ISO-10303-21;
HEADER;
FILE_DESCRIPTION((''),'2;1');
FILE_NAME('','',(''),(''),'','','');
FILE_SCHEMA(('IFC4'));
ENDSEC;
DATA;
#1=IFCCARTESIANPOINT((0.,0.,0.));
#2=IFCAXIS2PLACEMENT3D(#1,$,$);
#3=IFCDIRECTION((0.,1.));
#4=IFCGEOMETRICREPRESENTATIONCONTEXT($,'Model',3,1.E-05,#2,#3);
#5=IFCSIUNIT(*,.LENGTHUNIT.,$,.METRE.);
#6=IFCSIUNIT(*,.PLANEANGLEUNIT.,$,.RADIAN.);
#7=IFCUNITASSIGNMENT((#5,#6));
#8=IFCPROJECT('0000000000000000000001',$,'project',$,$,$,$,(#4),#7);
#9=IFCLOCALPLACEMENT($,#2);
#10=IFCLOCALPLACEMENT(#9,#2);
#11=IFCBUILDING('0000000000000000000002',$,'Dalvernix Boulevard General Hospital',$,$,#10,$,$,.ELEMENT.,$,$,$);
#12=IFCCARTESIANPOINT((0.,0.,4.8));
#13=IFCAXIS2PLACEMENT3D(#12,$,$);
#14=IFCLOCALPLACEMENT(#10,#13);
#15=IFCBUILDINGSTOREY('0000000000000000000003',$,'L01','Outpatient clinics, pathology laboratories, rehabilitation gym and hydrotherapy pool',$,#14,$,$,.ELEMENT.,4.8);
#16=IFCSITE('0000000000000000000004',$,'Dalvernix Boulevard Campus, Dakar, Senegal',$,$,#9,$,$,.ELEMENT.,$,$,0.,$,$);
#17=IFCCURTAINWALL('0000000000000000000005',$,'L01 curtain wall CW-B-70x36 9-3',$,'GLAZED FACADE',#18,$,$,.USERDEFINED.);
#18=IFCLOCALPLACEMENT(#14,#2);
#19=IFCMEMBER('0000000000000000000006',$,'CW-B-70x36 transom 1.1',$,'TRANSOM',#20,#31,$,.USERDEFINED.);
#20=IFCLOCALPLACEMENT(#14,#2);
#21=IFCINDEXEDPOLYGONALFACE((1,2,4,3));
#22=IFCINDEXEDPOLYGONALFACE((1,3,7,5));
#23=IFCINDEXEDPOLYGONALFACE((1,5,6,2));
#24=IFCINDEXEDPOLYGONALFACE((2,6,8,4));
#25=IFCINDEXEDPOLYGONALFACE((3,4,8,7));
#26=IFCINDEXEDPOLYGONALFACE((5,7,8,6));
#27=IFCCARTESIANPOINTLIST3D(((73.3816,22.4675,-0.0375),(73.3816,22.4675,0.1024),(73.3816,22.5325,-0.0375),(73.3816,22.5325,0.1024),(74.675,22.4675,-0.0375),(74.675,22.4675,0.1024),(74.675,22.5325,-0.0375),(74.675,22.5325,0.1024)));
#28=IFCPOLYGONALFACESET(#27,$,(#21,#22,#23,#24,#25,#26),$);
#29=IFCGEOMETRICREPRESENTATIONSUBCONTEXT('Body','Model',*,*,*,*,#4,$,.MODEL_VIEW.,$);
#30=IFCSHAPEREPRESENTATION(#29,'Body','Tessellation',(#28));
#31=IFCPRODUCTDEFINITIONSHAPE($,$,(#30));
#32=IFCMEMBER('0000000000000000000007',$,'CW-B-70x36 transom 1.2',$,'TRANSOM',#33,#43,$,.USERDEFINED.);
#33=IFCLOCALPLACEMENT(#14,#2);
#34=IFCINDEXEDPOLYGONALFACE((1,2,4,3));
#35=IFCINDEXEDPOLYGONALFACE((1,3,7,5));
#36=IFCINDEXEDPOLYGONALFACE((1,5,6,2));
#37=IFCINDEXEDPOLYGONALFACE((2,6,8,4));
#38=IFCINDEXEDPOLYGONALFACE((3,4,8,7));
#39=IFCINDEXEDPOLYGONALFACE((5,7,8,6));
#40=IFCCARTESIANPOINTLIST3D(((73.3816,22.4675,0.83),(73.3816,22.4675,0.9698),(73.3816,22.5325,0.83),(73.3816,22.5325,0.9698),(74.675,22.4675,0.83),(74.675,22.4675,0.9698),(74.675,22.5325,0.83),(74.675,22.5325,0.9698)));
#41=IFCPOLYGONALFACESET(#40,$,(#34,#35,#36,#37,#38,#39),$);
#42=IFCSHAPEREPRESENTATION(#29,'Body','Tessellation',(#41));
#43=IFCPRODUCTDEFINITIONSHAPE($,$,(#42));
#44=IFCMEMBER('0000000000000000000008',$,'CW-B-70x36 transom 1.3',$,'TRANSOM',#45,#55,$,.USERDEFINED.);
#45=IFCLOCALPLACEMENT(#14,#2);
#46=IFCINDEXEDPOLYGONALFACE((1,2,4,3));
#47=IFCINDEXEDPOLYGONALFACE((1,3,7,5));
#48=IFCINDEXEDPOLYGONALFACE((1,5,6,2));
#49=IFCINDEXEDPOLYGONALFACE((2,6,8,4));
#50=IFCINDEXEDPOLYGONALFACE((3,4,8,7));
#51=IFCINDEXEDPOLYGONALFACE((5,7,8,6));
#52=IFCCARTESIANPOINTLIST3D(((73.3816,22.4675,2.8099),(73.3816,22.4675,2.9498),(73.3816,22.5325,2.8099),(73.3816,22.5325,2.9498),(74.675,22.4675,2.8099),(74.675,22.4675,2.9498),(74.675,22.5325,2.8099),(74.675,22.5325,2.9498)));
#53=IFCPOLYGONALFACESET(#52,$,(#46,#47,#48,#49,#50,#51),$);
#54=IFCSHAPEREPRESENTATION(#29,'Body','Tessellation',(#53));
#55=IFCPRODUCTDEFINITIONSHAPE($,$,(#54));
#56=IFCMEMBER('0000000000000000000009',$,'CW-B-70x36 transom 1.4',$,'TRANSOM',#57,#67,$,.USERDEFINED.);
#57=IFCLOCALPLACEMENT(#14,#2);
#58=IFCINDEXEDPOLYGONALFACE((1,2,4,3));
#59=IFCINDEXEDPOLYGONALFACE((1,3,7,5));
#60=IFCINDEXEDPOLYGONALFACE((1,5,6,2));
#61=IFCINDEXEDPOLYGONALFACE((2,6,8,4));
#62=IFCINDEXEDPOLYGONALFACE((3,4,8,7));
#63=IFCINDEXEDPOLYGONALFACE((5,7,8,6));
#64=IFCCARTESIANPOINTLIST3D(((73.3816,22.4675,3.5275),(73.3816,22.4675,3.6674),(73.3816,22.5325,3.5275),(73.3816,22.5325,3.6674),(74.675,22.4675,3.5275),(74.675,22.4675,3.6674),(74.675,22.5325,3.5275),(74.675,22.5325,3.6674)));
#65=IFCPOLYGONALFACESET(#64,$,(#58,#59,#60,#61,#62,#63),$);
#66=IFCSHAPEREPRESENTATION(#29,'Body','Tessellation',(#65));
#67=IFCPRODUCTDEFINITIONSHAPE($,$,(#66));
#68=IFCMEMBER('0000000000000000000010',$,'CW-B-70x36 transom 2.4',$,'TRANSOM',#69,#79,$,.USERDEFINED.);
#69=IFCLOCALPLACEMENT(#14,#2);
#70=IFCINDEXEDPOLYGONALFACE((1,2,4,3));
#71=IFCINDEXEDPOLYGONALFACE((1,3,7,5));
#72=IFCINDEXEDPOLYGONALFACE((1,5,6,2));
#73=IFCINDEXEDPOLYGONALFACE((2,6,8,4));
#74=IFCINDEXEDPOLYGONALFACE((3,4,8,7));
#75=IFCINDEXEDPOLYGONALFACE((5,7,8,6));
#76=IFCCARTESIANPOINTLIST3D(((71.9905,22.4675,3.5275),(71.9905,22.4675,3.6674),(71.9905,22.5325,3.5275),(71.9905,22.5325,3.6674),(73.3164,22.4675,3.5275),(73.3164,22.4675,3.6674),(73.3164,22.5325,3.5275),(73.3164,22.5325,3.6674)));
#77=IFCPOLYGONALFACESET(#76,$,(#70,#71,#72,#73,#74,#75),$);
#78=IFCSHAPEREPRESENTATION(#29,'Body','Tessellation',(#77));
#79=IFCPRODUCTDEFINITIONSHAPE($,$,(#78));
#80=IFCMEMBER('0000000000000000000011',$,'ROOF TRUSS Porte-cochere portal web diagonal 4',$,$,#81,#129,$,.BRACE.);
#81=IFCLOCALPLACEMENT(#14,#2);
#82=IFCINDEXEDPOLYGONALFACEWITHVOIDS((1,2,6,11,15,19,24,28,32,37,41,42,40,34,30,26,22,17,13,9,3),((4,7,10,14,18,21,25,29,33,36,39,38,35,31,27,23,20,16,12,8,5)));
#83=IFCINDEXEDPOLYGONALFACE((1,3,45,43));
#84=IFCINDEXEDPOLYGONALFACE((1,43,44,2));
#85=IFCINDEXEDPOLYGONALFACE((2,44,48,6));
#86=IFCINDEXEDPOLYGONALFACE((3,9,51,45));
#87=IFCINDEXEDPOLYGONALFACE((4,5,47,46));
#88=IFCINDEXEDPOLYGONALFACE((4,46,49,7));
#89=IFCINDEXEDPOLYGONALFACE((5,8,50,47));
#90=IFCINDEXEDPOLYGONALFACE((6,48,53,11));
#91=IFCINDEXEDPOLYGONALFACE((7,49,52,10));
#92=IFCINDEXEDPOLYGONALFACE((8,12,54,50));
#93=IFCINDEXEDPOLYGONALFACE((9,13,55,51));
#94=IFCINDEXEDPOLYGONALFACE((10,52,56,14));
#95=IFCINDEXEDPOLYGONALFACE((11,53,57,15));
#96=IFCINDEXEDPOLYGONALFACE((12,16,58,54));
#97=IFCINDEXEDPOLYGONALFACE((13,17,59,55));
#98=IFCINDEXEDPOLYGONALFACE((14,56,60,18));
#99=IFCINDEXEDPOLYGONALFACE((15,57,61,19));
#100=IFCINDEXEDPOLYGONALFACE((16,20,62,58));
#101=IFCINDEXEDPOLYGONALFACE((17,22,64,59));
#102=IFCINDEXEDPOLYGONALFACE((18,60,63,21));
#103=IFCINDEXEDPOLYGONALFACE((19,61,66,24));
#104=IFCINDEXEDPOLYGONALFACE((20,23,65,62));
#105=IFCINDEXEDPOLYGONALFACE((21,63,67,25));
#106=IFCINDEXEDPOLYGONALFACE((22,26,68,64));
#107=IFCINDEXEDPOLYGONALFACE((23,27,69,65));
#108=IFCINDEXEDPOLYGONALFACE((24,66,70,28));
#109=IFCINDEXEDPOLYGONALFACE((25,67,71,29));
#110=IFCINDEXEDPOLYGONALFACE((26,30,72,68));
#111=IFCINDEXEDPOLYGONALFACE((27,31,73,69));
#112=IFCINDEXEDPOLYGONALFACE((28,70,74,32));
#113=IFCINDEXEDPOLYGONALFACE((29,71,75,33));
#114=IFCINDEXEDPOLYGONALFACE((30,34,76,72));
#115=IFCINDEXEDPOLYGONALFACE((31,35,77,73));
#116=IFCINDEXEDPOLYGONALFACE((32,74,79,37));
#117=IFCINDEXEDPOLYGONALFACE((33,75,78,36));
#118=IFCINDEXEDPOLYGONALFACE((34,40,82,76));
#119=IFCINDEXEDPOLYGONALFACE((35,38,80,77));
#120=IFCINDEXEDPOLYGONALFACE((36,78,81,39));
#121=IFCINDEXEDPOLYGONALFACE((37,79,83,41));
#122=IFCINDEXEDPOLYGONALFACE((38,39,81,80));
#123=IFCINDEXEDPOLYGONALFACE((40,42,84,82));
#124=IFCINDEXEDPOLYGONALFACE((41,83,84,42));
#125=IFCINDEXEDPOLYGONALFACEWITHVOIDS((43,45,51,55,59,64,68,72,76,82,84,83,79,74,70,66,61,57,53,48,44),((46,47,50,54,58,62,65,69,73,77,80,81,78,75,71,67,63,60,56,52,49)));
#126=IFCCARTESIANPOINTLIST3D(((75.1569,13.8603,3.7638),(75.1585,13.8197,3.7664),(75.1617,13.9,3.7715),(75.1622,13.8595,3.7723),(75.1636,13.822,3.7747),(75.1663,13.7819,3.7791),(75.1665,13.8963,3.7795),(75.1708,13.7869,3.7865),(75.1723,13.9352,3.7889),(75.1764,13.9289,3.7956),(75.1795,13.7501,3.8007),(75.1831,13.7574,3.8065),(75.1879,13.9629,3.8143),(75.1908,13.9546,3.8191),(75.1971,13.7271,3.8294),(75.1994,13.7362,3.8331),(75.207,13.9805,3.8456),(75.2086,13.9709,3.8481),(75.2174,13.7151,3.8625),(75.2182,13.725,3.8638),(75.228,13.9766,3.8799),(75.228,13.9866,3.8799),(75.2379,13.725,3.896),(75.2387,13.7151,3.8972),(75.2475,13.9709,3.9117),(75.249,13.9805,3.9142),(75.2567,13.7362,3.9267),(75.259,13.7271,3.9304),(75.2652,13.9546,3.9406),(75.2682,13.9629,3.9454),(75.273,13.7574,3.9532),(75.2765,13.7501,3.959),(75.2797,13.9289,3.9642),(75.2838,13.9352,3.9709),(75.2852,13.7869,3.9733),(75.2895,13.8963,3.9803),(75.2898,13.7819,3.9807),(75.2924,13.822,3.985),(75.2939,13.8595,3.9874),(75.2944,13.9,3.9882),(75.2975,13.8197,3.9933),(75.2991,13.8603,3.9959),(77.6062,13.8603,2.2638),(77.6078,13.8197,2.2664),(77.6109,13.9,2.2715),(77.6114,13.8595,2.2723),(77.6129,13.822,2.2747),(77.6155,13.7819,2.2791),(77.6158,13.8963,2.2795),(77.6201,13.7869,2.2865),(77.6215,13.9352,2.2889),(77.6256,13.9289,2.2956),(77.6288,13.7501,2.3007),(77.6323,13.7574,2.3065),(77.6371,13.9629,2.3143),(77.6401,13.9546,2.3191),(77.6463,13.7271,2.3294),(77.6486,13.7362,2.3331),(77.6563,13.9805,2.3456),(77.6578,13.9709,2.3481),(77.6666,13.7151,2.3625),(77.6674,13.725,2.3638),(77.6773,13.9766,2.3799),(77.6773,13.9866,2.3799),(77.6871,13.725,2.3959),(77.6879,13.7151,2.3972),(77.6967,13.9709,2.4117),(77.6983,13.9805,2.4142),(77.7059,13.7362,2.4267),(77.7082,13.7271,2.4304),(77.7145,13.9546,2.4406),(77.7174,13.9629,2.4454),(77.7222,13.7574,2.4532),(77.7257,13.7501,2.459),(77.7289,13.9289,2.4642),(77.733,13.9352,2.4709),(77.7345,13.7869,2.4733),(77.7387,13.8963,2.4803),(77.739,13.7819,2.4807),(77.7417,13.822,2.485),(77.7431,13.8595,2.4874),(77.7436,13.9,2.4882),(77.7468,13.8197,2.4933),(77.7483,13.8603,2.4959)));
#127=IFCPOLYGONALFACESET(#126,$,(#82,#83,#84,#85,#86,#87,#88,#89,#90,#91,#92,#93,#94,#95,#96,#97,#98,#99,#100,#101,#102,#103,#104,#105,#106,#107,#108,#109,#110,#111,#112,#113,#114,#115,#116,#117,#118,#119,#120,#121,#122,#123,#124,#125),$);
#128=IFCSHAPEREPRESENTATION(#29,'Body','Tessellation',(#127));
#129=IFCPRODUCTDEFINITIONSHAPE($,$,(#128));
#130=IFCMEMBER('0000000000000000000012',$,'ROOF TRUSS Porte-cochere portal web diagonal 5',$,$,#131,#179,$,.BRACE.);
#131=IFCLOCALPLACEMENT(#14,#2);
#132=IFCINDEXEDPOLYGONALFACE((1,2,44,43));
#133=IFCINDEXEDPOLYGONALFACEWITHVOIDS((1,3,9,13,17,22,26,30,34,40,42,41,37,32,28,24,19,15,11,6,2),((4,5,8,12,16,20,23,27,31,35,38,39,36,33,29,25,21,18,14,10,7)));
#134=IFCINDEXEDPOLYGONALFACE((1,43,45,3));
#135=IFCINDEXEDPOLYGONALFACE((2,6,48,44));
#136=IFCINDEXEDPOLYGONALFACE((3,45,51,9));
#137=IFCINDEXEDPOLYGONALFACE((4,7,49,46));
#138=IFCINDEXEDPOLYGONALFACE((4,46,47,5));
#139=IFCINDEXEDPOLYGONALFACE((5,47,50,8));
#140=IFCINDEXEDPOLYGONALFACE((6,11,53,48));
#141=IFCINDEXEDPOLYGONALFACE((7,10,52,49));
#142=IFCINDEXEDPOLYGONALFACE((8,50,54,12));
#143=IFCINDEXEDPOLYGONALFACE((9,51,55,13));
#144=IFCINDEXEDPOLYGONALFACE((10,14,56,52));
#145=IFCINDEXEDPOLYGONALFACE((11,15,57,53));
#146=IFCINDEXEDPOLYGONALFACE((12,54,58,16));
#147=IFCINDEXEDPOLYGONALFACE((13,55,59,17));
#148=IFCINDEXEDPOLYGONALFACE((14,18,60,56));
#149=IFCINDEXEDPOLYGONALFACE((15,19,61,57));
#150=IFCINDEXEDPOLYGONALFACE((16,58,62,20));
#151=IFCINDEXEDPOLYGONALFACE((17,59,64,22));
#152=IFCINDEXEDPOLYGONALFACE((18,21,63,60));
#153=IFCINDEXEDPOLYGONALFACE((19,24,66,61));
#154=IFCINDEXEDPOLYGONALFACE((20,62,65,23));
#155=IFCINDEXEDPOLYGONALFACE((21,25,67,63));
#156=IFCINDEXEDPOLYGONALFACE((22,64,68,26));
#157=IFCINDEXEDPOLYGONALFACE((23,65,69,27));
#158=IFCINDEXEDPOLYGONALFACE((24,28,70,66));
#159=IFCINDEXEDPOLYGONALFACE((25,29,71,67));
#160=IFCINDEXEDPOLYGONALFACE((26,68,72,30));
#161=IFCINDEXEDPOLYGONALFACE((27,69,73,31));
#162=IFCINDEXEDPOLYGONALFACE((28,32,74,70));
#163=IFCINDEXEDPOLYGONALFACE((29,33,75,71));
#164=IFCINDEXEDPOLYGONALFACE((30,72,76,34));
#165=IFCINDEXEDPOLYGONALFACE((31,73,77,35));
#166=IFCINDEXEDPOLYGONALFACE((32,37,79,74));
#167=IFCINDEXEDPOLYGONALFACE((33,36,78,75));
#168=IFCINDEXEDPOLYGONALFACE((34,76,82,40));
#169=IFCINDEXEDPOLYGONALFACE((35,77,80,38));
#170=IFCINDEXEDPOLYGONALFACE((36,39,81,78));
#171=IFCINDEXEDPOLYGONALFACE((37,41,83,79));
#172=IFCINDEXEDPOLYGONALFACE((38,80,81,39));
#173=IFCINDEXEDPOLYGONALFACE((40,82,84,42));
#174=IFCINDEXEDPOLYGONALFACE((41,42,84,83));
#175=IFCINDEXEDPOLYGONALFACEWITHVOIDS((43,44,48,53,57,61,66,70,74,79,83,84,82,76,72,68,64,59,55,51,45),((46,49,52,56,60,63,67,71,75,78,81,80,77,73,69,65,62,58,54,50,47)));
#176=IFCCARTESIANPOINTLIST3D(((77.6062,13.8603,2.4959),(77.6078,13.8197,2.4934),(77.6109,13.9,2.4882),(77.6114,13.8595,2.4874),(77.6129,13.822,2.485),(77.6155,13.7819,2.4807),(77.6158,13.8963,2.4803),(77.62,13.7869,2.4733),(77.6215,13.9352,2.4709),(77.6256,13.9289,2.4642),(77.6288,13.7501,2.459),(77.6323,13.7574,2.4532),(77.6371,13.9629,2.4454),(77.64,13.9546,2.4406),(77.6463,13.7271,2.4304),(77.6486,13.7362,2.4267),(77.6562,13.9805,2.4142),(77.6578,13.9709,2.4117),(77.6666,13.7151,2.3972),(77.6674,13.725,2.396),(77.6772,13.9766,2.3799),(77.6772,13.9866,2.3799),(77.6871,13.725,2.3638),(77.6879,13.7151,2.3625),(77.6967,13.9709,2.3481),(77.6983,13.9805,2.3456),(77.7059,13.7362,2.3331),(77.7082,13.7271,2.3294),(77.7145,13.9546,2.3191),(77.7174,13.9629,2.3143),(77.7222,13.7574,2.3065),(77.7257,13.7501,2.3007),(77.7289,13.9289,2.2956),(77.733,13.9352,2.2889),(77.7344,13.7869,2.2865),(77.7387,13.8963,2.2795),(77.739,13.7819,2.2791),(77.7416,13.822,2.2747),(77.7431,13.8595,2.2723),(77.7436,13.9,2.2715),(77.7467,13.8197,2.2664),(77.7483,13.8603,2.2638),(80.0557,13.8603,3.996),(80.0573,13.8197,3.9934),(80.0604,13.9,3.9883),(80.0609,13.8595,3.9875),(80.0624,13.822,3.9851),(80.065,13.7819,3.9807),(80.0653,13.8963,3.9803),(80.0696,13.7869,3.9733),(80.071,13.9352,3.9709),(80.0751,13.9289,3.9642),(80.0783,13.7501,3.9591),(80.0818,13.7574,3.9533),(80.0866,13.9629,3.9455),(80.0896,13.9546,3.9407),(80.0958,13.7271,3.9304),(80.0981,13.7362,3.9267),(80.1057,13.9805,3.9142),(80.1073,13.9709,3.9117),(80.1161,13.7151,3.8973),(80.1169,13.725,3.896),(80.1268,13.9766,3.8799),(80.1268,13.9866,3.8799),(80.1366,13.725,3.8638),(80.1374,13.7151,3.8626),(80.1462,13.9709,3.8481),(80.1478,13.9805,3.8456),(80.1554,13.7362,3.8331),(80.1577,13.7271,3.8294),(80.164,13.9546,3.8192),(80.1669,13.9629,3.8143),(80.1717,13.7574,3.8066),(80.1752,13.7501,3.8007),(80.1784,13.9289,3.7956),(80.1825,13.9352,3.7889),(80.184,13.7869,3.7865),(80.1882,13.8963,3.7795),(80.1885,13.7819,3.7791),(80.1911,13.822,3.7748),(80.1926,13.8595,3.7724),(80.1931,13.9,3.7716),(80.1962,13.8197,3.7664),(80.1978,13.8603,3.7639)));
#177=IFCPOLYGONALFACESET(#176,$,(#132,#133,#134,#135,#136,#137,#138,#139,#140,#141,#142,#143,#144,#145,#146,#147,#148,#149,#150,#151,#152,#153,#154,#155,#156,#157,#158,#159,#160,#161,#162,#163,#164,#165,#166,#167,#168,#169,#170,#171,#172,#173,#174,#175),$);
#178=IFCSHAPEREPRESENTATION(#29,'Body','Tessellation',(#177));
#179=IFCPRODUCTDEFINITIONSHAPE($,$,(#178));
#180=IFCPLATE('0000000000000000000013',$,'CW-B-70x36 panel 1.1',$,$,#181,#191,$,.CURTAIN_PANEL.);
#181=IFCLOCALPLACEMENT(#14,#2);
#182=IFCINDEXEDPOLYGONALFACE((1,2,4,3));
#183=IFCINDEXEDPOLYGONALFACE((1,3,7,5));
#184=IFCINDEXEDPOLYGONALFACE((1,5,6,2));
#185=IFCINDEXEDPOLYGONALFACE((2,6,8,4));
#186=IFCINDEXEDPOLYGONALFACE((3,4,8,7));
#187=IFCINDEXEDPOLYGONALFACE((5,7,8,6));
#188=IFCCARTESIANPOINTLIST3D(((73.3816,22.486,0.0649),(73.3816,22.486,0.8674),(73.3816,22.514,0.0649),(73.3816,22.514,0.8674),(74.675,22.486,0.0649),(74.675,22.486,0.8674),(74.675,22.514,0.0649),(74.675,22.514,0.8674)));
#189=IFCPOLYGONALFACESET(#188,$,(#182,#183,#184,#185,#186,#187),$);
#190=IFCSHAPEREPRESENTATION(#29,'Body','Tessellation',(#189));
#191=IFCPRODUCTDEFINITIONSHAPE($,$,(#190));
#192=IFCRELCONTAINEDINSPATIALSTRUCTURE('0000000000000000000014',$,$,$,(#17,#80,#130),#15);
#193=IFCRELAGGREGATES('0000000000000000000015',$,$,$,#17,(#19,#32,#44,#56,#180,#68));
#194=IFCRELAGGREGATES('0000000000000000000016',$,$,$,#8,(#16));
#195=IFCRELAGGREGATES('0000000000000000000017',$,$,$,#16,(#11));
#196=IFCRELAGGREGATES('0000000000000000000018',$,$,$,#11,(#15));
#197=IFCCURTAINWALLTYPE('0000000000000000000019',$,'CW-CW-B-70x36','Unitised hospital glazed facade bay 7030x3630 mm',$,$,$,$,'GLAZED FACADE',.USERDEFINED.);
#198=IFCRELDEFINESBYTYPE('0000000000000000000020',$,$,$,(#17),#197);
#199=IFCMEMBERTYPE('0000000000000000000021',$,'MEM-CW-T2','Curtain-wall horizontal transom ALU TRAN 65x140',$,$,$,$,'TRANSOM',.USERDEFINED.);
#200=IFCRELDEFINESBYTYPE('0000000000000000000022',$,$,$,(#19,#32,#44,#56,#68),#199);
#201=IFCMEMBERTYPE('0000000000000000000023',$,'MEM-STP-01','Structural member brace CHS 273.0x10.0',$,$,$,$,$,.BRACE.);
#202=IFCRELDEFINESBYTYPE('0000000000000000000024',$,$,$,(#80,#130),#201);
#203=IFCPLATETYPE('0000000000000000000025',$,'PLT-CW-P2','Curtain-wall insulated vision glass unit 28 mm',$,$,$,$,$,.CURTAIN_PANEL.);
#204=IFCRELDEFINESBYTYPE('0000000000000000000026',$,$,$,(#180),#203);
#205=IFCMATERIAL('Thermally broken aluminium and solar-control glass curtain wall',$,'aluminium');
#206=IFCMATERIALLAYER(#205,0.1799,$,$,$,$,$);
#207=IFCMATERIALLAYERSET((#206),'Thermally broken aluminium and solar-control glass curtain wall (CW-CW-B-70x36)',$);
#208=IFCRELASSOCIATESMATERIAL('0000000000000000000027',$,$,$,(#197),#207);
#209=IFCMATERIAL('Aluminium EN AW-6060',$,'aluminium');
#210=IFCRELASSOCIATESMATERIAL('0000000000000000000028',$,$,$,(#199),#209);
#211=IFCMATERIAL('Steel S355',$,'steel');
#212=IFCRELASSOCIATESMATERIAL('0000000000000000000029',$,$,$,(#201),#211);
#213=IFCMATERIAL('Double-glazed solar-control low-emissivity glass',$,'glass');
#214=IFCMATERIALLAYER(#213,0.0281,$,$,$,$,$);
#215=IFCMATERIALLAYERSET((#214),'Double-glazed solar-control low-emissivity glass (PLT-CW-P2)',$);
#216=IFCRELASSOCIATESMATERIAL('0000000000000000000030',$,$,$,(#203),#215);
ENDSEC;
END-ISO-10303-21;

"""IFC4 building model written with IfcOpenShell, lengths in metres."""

from ifc_helpers import new_model, si_unit, direction, frame, origin, origin_2d, place, context, subcontext, project, spatial, rectangle, hollow_circle, extrude, material, layer, layer_set, material_profile, profile_set, type_object, element, aggregate, save


model = new_model("IFC4")

# Units and contexts
model_context = context("Model", 3, precision=1e-05, world=origin(), true_north=direction((0.0, 1.0)))
body_context = subcontext(model_context, "Body", "Model", "MODEL_VIEW")
ifc_project = project(units=[si_unit("LENGTHUNIT", "METRE"), si_unit("PLANEANGLEUNIT", "RADIAN")], contexts=[model_context])

# Site, building, storey
site_placement = place(None, origin())
site = spatial("IfcSite", under=ifc_project, at=site_placement, Name="Dalvernix Boulevard Campus, Dakar, Senegal", CompositionType="ELEMENT", RefElevation=0.0)
building_placement = place(site_placement, origin())
building = spatial("IfcBuilding", under=site, at=building_placement, Name="Dalvernix Boulevard General Hospital", CompositionType="ELEMENT")
storey_placement = place(building_placement, frame((0.0, 0.0, 4.8)))
storey = spatial("IfcBuildingStorey", under=building, at=storey_placement, Name="L01", Description="Outpatient clinics, pathology laboratories, rehabilitation gym and hydrotherapy pool", CompositionType="ELEMENT", Elevation=4.8)

# Shared definitions
ifc_material_1 = material(Name="Steel S355", Category="steel")

# Curtain wall
ifc_material_2 = material(Name="Thermally broken aluminium and solar-control glass curtain wall", Category="aluminium")
ifc_layer_1 = layer(ifc_material_2, 0.1799)
ifc_layer_set_1 = layer_set([ifc_layer_1], Name="Thermally broken aluminium and solar-control glass curtain wall (CW-CW-B-70x36)")
curtain_wall_type_1 = type_object("IfcCurtainWallType", Name="CW-CW-B-70x36", Description="Unitised hospital glazed facade bay 7030x3630 mm", ElementType="GLAZED FACADE", PredefinedType="USERDEFINED", material=ifc_layer_set_1)
curtain_wall_1_placement = place(storey_placement, origin())
curtain_wall_1 = element("IfcCurtainWall", 1, at=curtain_wall_1_placement, inside=storey, type_object=curtain_wall_type_1, Name="L01 curtain wall CW-B-70x36 9-3", ObjectType="GLAZED FACADE", PredefinedType="USERDEFINED")
ifc_material_3 = material(Name="Aluminium EN AW-6060", Category="aluminium")

# Members
ifc_material_profile_1 = material_profile(ifc_material_3, rectangle(XDim=0.0649, YDim=0.1399, at=origin_2d()), Name="ALU TRAN 65x140")
ifc_profile_set_1 = profile_set([ifc_material_profile_1], Name="Aluminium EN AW-6060")
member_type_1 = type_object("IfcMemberType", Name="MEM-CW-T2", Description="Curtain-wall horizontal transom ALU TRAN 65x140", ElementType="TRANSOM", PredefinedType="USERDEFINED", material=ifc_profile_set_1)
member_1_placement = place(storey_placement, frame((74.675, 22.5, 0.0325), z_axis=(-1.0, 0.0, 0.0), x_axis=(0.0, -1.0, 0.0)))
member_1 = element("IfcMember", 2, at=member_1_placement, type_object=member_type_1, Name="CW-B-70x36 transom 1.1", ObjectType="TRANSOM", PredefinedType="USERDEFINED", context=body_context, shape_type="SweptSolid", body=[
    extrude(rectangle(XDim=0.0649, YDim=0.1399, at=origin_2d()), origin(), (0.0, 0.0, 1.0), 1.2935),
])
member_2_placement = place(storey_placement, frame((74.675, 22.5, 0.8999), z_axis=(-1.0, 0.0, 0.0), x_axis=(0.0, -1.0, 0.0)))
member_2 = element("IfcMember", 3, at=member_2_placement, type_object=member_type_1, Name="CW-B-70x36 transom 1.2", ObjectType="TRANSOM", PredefinedType="USERDEFINED", context=body_context, shape_type="SweptSolid", body=[
    extrude(rectangle(XDim=0.0649, YDim=0.1399, at=origin_2d()), origin(), (0.0, 0.0, 1.0), 1.2935),
])
member_3_placement = place(storey_placement, frame((74.675, 22.5, 2.8799), z_axis=(-1.0, 0.0, 0.0), x_axis=(0.0, -1.0, 0.0)))
member_3 = element("IfcMember", 4, at=member_3_placement, type_object=member_type_1, Name="CW-B-70x36 transom 1.3", ObjectType="TRANSOM", PredefinedType="USERDEFINED", context=body_context, shape_type="SweptSolid", body=[
    extrude(rectangle(XDim=0.0649, YDim=0.1399, at=origin_2d()), origin(), (0.0, 0.0, 1.0), 1.2935),
])
member_4_placement = place(storey_placement, frame((74.675, 22.5, 3.5974), z_axis=(-1.0, 0.0, 0.0), x_axis=(0.0, -1.0, 0.0)))
member_4 = element("IfcMember", 5, at=member_4_placement, type_object=member_type_1, Name="CW-B-70x36 transom 1.4", ObjectType="TRANSOM", PredefinedType="USERDEFINED", context=body_context, shape_type="SweptSolid", body=[
    extrude(rectangle(XDim=0.0649, YDim=0.1399, at=origin_2d()), origin(), (0.0, 0.0, 1.0), 1.2935),
])
member_5_placement = place(storey_placement, frame((73.3164, 22.5, 3.5974), z_axis=(-1.0, 0.0, 0.0), x_axis=(0.0, -1.0, 0.0)))
member_5 = element("IfcMember", 6, at=member_5_placement, type_object=member_type_1, Name="CW-B-70x36 transom 2.4", ObjectType="TRANSOM", PredefinedType="USERDEFINED", context=body_context, shape_type="SweptSolid", body=[
    extrude(rectangle(XDim=0.0649, YDim=0.1399, at=origin_2d()), origin(), (0.0, 0.0, 1.0), 1.3259),
])

# Members
ifc_material_profile_2 = material_profile(ifc_material_1, hollow_circle(Radius=0.1365, WallThickness=0.01, at=origin_2d()), Name="CHS 273.0x10.0")
ifc_profile_set_2 = profile_set([ifc_material_profile_2], Name="Steel S355")
member_type_2 = type_object("IfcMemberType", Name="MEM-STP-01", Description="Structural member brace CHS 273.0x10.0", PredefinedType="BRACE", material=ifc_profile_set_2)
member_6_placement = place(storey_placement, frame((75.228, 13.8501, 3.8799), z_axis=(0.852777, 0.0, -0.522275), x_axis=(0.0, 1.0, 0.0)))
element("IfcMember", 7, at=member_6_placement, inside=storey, type_object=member_type_2, Name="ROOF TRUSS Porte-cochere portal web diagonal 4", PredefinedType="BRACE", context=body_context, shape_type="SweptSolid", body=[
    extrude(hollow_circle(Radius=0.1365, WallThickness=0.01, at=origin_2d()), origin(), (0.0, 0.0, 1.0), 2.8721),
])
member_7_placement = place(storey_placement, frame((77.6772, 13.8501, 2.3799), z_axis=(0.8528, 0.0, 0.522237), x_axis=(0.0, 1.0, 0.0)))
element("IfcMember", 8, at=member_7_placement, inside=storey, type_object=member_type_2, Name="ROOF TRUSS Porte-cochere portal web diagonal 5", PredefinedType="BRACE", context=body_context, shape_type="SweptSolid", body=[
    extrude(hollow_circle(Radius=0.1365, WallThickness=0.01, at=origin_2d()), origin(), (0.0, 0.0, 1.0), 2.8723),
])

# Plate
ifc_material_4 = material(Name="Double-glazed solar-control low-emissivity glass", Category="glass")
ifc_layer_2 = layer(ifc_material_4, 0.0281)
ifc_layer_set_2 = layer_set([ifc_layer_2], Name="Double-glazed solar-control low-emissivity glass (PLT-CW-P2)")
plate_type_1 = type_object("IfcPlateType", Name="PLT-CW-P2", Description="Curtain-wall insulated vision glass unit 28 mm", PredefinedType="CURTAIN_PANEL", material=ifc_layer_set_2)
plate_1_placement = place(storey_placement, frame((74.0283, 22.5, 0.0649), z_axis=(0.0, 0.0, 1.0), x_axis=(-1.0, 0.0, 0.0)))
plate_1 = element("IfcPlate", 9, at=plate_1_placement, type_object=plate_type_1, Name="CW-B-70x36 panel 1.1", PredefinedType="CURTAIN_PANEL", context=body_context, shape_type="SweptSolid", body=[
    extrude(rectangle(XDim=1.2935, YDim=0.0281, at=origin_2d()), origin(), (0.0, 0.0, 1.0), 0.8025),
])
aggregate(curtain_wall_1, [member_1, member_2, member_3, member_4, plate_1, member_5])

save(model, "model.ifc")
